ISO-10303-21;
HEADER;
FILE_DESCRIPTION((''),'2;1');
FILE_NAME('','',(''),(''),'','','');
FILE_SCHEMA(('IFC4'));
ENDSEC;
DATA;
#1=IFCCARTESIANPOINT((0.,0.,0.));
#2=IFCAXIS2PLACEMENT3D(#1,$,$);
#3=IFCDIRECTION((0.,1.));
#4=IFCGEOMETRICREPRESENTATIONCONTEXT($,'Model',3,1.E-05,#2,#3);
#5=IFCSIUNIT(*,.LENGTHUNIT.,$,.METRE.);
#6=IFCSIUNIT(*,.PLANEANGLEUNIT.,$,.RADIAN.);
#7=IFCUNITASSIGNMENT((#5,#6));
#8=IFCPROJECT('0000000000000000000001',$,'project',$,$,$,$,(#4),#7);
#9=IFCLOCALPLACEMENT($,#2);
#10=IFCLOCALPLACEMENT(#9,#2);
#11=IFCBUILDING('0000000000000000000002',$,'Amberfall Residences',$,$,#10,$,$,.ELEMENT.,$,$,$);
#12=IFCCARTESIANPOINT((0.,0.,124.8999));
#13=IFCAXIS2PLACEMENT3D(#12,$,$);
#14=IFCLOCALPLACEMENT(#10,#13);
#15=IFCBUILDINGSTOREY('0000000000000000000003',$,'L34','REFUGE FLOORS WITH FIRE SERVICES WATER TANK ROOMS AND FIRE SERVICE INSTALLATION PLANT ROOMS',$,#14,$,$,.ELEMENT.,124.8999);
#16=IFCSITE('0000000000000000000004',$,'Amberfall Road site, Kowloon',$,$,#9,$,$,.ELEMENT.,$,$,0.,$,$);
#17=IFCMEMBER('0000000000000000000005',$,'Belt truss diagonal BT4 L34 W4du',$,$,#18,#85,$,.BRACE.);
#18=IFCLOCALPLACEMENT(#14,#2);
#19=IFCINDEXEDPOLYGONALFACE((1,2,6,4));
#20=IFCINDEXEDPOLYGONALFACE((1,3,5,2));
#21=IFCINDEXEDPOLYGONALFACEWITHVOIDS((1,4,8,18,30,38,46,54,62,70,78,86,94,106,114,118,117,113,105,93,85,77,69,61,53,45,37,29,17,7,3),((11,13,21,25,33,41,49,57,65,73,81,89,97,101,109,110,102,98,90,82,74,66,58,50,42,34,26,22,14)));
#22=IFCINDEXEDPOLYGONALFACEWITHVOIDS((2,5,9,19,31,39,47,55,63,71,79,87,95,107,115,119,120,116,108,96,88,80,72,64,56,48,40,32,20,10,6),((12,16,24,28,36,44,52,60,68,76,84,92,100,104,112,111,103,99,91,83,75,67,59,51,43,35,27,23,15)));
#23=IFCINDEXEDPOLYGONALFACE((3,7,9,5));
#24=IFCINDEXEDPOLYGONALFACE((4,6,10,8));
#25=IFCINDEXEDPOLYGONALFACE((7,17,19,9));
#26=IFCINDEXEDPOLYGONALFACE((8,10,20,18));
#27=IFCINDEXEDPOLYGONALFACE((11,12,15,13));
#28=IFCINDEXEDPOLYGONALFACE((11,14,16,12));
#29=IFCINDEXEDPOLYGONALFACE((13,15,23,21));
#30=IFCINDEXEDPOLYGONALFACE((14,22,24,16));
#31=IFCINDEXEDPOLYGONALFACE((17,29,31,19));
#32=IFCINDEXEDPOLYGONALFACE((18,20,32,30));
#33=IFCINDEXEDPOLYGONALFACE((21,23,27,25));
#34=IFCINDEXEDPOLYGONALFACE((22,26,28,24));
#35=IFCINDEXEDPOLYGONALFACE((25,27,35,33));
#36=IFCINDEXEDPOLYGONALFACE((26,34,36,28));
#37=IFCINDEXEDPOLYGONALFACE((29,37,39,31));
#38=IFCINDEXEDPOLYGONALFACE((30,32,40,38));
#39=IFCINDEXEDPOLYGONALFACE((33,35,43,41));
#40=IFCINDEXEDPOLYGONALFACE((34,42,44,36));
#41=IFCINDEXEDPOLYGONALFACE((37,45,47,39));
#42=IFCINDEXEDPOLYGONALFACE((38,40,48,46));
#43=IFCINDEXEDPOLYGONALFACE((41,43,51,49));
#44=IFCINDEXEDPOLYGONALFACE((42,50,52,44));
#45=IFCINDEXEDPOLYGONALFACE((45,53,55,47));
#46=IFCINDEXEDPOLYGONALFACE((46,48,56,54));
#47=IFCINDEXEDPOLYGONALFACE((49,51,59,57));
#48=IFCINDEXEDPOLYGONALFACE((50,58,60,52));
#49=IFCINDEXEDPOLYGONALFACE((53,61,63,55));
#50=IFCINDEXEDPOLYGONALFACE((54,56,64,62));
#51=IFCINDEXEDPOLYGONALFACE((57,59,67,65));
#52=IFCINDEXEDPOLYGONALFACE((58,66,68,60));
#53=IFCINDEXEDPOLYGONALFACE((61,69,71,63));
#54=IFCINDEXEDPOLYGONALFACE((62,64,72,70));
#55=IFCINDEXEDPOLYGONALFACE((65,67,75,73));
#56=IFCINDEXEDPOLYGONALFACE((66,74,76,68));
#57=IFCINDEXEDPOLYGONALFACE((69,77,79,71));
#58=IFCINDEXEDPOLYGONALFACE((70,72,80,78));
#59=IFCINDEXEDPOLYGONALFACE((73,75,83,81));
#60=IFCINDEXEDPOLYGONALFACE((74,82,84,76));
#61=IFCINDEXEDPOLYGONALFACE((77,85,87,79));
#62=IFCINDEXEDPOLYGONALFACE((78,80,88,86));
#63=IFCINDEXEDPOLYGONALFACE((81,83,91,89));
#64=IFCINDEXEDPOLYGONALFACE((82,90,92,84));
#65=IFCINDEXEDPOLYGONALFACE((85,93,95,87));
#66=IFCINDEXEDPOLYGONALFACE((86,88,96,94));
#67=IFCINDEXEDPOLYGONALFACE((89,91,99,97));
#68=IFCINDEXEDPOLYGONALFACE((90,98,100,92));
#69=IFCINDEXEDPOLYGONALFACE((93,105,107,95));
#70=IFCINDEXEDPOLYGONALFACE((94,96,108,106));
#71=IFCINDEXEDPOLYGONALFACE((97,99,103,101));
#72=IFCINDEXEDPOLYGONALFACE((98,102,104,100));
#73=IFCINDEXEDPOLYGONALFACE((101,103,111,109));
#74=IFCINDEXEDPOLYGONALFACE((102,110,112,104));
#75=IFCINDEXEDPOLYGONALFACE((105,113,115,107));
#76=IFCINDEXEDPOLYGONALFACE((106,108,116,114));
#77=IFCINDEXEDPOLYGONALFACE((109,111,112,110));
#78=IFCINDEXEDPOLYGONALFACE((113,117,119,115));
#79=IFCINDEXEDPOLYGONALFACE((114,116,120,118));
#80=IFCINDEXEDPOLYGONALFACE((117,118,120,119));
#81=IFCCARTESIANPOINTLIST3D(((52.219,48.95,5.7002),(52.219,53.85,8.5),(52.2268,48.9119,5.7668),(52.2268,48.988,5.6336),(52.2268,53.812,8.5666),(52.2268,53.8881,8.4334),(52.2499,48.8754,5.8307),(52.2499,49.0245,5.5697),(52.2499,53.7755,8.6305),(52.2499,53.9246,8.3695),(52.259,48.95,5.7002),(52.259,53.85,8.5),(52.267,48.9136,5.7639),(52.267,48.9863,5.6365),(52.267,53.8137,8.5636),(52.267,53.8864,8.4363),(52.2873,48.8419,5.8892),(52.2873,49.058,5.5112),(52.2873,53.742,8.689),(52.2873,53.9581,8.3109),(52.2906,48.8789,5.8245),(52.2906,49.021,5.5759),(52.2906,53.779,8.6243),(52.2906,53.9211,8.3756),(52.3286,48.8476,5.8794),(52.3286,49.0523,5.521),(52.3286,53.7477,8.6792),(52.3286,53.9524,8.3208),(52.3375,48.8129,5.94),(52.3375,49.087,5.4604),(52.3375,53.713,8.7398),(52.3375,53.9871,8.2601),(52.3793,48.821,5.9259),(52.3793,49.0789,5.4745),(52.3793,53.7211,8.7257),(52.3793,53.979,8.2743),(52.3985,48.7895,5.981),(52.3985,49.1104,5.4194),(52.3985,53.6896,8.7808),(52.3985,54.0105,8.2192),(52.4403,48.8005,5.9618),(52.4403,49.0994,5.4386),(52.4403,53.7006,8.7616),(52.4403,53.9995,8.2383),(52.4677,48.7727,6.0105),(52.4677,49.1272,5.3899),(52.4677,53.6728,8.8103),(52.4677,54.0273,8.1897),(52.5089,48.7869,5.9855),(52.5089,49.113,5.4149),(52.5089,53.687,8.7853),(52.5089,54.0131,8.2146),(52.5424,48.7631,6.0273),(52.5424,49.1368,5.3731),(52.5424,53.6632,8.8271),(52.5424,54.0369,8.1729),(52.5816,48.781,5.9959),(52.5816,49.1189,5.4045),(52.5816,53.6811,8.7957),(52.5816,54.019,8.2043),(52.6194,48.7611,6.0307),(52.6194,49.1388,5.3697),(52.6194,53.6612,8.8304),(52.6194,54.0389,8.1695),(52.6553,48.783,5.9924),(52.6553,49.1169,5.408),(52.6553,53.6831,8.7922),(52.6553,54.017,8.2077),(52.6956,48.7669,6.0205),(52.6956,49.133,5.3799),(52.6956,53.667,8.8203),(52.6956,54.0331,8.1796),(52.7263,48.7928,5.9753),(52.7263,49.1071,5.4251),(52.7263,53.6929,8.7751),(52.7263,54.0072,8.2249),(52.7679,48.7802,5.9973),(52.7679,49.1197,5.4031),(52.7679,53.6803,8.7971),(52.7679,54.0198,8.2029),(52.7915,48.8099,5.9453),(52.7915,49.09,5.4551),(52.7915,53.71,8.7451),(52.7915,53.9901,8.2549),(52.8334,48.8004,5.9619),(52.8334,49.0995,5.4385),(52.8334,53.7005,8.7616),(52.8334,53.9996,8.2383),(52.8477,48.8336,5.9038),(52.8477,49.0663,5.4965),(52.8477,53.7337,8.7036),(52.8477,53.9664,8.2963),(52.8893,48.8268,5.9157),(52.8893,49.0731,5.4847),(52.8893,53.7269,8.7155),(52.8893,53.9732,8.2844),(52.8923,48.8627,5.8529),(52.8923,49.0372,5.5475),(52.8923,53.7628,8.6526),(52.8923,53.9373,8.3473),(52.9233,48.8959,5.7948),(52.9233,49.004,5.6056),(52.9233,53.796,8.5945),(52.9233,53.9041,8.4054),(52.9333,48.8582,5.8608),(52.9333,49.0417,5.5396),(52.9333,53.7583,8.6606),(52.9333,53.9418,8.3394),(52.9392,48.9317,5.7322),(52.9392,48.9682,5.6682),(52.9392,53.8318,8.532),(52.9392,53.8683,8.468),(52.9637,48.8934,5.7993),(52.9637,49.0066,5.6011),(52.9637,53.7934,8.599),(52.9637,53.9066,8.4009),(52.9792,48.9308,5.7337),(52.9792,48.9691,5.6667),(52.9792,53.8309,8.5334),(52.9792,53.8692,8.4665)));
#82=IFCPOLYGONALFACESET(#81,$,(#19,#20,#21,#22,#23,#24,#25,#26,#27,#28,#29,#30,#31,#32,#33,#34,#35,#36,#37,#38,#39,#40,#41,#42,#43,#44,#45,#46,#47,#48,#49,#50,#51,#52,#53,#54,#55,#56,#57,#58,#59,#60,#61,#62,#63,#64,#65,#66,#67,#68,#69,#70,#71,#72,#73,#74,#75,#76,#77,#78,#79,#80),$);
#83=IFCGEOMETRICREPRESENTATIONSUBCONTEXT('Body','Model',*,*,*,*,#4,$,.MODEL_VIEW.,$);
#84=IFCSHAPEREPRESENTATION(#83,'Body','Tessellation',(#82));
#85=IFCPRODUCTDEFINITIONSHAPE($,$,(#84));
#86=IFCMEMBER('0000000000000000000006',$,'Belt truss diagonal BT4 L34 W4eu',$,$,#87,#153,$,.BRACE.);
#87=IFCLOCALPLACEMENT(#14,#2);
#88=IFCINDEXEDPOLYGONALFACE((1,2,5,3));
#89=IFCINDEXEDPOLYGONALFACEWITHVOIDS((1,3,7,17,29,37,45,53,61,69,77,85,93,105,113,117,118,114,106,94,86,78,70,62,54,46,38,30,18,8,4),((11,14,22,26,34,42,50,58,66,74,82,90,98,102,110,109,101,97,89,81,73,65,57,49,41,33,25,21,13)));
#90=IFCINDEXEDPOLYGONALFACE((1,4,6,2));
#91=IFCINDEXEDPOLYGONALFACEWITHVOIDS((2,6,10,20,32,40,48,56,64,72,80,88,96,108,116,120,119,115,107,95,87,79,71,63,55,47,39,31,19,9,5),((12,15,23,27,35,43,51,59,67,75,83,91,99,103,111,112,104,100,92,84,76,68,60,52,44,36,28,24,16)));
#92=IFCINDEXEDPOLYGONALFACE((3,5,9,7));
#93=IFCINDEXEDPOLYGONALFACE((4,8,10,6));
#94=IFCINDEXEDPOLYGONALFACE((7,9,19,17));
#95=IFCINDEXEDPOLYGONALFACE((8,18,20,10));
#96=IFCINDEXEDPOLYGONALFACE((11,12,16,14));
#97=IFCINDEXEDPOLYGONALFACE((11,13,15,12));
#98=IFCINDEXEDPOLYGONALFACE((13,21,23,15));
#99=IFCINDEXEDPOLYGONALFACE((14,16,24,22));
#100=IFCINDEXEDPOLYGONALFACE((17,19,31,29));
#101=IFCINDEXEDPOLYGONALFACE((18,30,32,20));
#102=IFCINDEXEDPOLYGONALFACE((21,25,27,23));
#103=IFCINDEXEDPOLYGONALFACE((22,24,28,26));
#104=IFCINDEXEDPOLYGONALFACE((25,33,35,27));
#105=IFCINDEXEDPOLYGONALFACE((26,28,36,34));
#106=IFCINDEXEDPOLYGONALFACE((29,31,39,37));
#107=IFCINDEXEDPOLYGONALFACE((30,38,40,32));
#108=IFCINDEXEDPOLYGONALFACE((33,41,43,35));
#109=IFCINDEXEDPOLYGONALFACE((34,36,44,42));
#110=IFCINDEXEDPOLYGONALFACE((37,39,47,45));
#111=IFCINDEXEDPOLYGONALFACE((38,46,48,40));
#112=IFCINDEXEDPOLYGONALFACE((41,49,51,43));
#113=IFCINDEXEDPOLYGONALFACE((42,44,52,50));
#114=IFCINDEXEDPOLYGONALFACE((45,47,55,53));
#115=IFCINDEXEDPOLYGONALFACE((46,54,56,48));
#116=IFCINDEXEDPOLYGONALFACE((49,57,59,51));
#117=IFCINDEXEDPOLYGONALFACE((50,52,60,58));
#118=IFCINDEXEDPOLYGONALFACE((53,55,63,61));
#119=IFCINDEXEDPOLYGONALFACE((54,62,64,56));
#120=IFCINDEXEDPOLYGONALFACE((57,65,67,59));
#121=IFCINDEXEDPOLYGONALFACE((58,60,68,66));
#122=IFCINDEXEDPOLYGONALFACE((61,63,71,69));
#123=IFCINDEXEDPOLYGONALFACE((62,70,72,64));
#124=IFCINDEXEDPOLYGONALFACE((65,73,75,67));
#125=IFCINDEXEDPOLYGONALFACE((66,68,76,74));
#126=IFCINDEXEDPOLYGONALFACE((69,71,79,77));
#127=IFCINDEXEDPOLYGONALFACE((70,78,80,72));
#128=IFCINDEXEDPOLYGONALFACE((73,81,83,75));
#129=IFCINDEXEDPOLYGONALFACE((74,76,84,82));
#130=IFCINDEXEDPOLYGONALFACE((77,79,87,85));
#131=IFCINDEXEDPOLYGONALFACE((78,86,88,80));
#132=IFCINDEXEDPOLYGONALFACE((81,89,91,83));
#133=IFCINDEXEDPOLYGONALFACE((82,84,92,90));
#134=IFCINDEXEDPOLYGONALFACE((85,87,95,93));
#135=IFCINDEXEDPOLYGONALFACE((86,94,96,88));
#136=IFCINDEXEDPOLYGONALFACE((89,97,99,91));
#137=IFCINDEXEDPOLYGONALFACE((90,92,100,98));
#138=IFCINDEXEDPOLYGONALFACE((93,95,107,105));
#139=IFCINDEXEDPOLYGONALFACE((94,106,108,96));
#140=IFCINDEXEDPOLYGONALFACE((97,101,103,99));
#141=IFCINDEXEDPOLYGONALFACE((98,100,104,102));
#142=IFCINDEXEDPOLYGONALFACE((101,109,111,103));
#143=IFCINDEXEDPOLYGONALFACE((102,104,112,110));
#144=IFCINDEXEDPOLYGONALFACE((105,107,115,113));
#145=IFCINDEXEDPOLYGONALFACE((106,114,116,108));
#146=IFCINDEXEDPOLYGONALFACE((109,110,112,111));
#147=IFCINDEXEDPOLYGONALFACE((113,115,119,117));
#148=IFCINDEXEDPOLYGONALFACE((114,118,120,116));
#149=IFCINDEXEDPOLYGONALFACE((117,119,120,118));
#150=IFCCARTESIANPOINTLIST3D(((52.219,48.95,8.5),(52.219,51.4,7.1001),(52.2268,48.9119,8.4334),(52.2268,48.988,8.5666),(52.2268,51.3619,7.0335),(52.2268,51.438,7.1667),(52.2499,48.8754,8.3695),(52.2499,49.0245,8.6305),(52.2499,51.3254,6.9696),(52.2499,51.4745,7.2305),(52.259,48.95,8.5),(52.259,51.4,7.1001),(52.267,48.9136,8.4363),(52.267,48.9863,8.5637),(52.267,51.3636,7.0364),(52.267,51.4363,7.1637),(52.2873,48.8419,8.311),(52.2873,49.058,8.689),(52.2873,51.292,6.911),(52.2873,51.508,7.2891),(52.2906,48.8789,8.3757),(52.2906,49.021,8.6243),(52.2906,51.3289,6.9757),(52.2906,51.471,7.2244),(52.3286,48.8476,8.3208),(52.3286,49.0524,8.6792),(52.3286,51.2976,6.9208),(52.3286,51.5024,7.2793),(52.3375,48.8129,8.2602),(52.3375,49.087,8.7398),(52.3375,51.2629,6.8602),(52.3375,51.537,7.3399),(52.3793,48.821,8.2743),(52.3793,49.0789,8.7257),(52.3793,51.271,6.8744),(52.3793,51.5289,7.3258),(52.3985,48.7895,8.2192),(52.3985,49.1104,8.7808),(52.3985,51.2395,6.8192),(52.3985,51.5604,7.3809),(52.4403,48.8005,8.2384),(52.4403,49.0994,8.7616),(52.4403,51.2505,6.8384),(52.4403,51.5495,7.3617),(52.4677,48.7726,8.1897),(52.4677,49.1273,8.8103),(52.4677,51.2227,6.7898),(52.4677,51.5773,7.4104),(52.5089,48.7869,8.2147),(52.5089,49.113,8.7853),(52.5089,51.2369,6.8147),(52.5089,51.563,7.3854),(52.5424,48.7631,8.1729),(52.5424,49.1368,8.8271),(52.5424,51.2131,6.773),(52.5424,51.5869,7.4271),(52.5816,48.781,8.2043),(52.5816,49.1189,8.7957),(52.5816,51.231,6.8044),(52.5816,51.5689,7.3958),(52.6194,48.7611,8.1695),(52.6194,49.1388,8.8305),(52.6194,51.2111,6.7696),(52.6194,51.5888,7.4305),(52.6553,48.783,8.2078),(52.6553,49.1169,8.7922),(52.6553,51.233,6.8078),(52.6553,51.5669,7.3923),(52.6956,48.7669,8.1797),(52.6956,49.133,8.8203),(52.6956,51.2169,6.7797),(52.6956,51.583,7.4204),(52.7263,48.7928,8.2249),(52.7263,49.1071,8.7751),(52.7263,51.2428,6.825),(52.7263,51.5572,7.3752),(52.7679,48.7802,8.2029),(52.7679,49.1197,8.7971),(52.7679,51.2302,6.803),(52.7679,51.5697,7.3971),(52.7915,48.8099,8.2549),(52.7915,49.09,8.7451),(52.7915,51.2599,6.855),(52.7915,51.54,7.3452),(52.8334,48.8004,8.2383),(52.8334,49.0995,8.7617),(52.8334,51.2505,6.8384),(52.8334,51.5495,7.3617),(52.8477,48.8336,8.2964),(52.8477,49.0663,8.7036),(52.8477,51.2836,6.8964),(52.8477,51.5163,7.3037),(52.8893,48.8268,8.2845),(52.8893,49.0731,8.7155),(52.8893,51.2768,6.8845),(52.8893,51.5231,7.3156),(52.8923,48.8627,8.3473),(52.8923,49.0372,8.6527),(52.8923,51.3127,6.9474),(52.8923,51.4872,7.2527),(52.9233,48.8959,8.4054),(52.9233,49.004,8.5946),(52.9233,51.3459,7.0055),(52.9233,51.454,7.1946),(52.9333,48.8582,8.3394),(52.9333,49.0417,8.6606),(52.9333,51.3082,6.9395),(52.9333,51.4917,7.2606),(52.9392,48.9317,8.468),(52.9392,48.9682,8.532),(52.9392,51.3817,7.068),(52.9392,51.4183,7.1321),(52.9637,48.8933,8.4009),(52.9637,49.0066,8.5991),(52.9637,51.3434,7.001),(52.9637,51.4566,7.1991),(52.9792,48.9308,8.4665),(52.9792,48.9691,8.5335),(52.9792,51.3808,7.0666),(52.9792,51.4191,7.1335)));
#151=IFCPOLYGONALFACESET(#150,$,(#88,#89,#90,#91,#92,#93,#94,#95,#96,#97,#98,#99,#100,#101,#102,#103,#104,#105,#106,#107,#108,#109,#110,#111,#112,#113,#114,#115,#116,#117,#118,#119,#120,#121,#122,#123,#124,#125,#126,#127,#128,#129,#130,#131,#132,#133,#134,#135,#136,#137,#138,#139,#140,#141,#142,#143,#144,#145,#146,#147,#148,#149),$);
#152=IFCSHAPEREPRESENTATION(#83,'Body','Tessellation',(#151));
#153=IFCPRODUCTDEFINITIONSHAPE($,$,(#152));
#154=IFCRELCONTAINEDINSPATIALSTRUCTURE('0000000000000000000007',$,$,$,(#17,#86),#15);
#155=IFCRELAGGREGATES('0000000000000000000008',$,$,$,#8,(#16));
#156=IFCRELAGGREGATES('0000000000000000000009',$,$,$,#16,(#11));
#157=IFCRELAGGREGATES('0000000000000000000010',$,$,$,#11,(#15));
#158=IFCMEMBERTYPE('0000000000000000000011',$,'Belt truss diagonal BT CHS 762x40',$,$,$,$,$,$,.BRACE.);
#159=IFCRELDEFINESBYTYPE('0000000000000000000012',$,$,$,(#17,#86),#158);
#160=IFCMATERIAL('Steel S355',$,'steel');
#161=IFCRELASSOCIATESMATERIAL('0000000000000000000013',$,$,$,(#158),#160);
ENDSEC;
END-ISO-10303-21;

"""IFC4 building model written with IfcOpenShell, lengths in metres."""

from ifc_helpers import new_model, si_unit, direction, frame, origin, origin_2d, place, context, subcontext, project, spatial, hollow_circle, extrude, material, material_profile, profile_set, type_object, element, save


model = new_model("IFC4")

# Units and contexts
model_context = context("Model", 3, precision=1e-05, world=origin(), true_north=direction((0.0, 1.0)))
body_context = subcontext(model_context, "Body", "Model", "MODEL_VIEW")
ifc_project = project(units=[si_unit("LENGTHUNIT", "METRE"), si_unit("PLANEANGLEUNIT", "RADIAN")], contexts=[model_context])

# Site, building, storey
site_placement = place(None, origin())
site = spatial("IfcSite", under=ifc_project, at=site_placement, Name="Amberfall Road site, Kowloon", CompositionType="ELEMENT", RefElevation=0.0)
building_placement = place(site_placement, origin())
building = spatial("IfcBuilding", under=site, at=building_placement, Name="Amberfall Residences", CompositionType="ELEMENT")
storey_placement = place(building_placement, frame((0.0, 0.0, 124.8999)))
storey = spatial("IfcBuildingStorey", under=building, at=storey_placement, Name="L34", Description="REFUGE FLOORS WITH FIRE SERVICES WATER TANK ROOMS AND FIRE SERVICE INSTALLATION PLANT ROOMS", CompositionType="ELEMENT", Elevation=124.8999)

# Shared definitions
ifc_material_1 = material(Name="Steel S355", Category="steel")

# Members
ifc_material_profile_1 = material_profile(ifc_material_1, hollow_circle(Radius=0.3811, WallThickness=0.04, at=origin_2d()), Name="CHS 762x40")
ifc_profile_set_1 = profile_set([ifc_material_profile_1], Name="Steel S355")
member_type_1 = type_object("IfcMemberType", Name="Belt truss diagonal BT CHS 762x40", PredefinedType="BRACE", material=ifc_profile_set_1)
member_1_placement = place(storey_placement, frame((52.6001, 48.95, 5.7002), z_axis=(0.0, 0.868264, 0.496102), x_axis=(-1.0, 0.0, 0.0)))
element("IfcMember", 1, at=member_1_placement, inside=storey, type_object=member_type_1, Name="Belt truss diagonal BT4 L34 W4du", PredefinedType="BRACE", context=body_context, shape_type="SweptSolid", body=[
    extrude(hollow_circle(Radius=0.3811, WallThickness=0.04, at=origin_2d()), origin(), (0.0, 0.0, 1.0), 5.6436),
])
member_2_placement = place(storey_placement, frame((52.6001, 48.95, 8.5), z_axis=(0.0, 0.868254, -0.49612), x_axis=(-1.0, 0.0, 0.0)))
element("IfcMember", 2, at=member_2_placement, inside=storey, type_object=member_type_1, Name="Belt truss diagonal BT4 L34 W4eu", PredefinedType="BRACE", context=body_context, shape_type="SweptSolid", body=[
    extrude(hollow_circle(Radius=0.3811, WallThickness=0.04, at=origin_2d()), origin(), (0.0, 0.0, 1.0), 2.8218),
])

save(model, "model.ifc")
